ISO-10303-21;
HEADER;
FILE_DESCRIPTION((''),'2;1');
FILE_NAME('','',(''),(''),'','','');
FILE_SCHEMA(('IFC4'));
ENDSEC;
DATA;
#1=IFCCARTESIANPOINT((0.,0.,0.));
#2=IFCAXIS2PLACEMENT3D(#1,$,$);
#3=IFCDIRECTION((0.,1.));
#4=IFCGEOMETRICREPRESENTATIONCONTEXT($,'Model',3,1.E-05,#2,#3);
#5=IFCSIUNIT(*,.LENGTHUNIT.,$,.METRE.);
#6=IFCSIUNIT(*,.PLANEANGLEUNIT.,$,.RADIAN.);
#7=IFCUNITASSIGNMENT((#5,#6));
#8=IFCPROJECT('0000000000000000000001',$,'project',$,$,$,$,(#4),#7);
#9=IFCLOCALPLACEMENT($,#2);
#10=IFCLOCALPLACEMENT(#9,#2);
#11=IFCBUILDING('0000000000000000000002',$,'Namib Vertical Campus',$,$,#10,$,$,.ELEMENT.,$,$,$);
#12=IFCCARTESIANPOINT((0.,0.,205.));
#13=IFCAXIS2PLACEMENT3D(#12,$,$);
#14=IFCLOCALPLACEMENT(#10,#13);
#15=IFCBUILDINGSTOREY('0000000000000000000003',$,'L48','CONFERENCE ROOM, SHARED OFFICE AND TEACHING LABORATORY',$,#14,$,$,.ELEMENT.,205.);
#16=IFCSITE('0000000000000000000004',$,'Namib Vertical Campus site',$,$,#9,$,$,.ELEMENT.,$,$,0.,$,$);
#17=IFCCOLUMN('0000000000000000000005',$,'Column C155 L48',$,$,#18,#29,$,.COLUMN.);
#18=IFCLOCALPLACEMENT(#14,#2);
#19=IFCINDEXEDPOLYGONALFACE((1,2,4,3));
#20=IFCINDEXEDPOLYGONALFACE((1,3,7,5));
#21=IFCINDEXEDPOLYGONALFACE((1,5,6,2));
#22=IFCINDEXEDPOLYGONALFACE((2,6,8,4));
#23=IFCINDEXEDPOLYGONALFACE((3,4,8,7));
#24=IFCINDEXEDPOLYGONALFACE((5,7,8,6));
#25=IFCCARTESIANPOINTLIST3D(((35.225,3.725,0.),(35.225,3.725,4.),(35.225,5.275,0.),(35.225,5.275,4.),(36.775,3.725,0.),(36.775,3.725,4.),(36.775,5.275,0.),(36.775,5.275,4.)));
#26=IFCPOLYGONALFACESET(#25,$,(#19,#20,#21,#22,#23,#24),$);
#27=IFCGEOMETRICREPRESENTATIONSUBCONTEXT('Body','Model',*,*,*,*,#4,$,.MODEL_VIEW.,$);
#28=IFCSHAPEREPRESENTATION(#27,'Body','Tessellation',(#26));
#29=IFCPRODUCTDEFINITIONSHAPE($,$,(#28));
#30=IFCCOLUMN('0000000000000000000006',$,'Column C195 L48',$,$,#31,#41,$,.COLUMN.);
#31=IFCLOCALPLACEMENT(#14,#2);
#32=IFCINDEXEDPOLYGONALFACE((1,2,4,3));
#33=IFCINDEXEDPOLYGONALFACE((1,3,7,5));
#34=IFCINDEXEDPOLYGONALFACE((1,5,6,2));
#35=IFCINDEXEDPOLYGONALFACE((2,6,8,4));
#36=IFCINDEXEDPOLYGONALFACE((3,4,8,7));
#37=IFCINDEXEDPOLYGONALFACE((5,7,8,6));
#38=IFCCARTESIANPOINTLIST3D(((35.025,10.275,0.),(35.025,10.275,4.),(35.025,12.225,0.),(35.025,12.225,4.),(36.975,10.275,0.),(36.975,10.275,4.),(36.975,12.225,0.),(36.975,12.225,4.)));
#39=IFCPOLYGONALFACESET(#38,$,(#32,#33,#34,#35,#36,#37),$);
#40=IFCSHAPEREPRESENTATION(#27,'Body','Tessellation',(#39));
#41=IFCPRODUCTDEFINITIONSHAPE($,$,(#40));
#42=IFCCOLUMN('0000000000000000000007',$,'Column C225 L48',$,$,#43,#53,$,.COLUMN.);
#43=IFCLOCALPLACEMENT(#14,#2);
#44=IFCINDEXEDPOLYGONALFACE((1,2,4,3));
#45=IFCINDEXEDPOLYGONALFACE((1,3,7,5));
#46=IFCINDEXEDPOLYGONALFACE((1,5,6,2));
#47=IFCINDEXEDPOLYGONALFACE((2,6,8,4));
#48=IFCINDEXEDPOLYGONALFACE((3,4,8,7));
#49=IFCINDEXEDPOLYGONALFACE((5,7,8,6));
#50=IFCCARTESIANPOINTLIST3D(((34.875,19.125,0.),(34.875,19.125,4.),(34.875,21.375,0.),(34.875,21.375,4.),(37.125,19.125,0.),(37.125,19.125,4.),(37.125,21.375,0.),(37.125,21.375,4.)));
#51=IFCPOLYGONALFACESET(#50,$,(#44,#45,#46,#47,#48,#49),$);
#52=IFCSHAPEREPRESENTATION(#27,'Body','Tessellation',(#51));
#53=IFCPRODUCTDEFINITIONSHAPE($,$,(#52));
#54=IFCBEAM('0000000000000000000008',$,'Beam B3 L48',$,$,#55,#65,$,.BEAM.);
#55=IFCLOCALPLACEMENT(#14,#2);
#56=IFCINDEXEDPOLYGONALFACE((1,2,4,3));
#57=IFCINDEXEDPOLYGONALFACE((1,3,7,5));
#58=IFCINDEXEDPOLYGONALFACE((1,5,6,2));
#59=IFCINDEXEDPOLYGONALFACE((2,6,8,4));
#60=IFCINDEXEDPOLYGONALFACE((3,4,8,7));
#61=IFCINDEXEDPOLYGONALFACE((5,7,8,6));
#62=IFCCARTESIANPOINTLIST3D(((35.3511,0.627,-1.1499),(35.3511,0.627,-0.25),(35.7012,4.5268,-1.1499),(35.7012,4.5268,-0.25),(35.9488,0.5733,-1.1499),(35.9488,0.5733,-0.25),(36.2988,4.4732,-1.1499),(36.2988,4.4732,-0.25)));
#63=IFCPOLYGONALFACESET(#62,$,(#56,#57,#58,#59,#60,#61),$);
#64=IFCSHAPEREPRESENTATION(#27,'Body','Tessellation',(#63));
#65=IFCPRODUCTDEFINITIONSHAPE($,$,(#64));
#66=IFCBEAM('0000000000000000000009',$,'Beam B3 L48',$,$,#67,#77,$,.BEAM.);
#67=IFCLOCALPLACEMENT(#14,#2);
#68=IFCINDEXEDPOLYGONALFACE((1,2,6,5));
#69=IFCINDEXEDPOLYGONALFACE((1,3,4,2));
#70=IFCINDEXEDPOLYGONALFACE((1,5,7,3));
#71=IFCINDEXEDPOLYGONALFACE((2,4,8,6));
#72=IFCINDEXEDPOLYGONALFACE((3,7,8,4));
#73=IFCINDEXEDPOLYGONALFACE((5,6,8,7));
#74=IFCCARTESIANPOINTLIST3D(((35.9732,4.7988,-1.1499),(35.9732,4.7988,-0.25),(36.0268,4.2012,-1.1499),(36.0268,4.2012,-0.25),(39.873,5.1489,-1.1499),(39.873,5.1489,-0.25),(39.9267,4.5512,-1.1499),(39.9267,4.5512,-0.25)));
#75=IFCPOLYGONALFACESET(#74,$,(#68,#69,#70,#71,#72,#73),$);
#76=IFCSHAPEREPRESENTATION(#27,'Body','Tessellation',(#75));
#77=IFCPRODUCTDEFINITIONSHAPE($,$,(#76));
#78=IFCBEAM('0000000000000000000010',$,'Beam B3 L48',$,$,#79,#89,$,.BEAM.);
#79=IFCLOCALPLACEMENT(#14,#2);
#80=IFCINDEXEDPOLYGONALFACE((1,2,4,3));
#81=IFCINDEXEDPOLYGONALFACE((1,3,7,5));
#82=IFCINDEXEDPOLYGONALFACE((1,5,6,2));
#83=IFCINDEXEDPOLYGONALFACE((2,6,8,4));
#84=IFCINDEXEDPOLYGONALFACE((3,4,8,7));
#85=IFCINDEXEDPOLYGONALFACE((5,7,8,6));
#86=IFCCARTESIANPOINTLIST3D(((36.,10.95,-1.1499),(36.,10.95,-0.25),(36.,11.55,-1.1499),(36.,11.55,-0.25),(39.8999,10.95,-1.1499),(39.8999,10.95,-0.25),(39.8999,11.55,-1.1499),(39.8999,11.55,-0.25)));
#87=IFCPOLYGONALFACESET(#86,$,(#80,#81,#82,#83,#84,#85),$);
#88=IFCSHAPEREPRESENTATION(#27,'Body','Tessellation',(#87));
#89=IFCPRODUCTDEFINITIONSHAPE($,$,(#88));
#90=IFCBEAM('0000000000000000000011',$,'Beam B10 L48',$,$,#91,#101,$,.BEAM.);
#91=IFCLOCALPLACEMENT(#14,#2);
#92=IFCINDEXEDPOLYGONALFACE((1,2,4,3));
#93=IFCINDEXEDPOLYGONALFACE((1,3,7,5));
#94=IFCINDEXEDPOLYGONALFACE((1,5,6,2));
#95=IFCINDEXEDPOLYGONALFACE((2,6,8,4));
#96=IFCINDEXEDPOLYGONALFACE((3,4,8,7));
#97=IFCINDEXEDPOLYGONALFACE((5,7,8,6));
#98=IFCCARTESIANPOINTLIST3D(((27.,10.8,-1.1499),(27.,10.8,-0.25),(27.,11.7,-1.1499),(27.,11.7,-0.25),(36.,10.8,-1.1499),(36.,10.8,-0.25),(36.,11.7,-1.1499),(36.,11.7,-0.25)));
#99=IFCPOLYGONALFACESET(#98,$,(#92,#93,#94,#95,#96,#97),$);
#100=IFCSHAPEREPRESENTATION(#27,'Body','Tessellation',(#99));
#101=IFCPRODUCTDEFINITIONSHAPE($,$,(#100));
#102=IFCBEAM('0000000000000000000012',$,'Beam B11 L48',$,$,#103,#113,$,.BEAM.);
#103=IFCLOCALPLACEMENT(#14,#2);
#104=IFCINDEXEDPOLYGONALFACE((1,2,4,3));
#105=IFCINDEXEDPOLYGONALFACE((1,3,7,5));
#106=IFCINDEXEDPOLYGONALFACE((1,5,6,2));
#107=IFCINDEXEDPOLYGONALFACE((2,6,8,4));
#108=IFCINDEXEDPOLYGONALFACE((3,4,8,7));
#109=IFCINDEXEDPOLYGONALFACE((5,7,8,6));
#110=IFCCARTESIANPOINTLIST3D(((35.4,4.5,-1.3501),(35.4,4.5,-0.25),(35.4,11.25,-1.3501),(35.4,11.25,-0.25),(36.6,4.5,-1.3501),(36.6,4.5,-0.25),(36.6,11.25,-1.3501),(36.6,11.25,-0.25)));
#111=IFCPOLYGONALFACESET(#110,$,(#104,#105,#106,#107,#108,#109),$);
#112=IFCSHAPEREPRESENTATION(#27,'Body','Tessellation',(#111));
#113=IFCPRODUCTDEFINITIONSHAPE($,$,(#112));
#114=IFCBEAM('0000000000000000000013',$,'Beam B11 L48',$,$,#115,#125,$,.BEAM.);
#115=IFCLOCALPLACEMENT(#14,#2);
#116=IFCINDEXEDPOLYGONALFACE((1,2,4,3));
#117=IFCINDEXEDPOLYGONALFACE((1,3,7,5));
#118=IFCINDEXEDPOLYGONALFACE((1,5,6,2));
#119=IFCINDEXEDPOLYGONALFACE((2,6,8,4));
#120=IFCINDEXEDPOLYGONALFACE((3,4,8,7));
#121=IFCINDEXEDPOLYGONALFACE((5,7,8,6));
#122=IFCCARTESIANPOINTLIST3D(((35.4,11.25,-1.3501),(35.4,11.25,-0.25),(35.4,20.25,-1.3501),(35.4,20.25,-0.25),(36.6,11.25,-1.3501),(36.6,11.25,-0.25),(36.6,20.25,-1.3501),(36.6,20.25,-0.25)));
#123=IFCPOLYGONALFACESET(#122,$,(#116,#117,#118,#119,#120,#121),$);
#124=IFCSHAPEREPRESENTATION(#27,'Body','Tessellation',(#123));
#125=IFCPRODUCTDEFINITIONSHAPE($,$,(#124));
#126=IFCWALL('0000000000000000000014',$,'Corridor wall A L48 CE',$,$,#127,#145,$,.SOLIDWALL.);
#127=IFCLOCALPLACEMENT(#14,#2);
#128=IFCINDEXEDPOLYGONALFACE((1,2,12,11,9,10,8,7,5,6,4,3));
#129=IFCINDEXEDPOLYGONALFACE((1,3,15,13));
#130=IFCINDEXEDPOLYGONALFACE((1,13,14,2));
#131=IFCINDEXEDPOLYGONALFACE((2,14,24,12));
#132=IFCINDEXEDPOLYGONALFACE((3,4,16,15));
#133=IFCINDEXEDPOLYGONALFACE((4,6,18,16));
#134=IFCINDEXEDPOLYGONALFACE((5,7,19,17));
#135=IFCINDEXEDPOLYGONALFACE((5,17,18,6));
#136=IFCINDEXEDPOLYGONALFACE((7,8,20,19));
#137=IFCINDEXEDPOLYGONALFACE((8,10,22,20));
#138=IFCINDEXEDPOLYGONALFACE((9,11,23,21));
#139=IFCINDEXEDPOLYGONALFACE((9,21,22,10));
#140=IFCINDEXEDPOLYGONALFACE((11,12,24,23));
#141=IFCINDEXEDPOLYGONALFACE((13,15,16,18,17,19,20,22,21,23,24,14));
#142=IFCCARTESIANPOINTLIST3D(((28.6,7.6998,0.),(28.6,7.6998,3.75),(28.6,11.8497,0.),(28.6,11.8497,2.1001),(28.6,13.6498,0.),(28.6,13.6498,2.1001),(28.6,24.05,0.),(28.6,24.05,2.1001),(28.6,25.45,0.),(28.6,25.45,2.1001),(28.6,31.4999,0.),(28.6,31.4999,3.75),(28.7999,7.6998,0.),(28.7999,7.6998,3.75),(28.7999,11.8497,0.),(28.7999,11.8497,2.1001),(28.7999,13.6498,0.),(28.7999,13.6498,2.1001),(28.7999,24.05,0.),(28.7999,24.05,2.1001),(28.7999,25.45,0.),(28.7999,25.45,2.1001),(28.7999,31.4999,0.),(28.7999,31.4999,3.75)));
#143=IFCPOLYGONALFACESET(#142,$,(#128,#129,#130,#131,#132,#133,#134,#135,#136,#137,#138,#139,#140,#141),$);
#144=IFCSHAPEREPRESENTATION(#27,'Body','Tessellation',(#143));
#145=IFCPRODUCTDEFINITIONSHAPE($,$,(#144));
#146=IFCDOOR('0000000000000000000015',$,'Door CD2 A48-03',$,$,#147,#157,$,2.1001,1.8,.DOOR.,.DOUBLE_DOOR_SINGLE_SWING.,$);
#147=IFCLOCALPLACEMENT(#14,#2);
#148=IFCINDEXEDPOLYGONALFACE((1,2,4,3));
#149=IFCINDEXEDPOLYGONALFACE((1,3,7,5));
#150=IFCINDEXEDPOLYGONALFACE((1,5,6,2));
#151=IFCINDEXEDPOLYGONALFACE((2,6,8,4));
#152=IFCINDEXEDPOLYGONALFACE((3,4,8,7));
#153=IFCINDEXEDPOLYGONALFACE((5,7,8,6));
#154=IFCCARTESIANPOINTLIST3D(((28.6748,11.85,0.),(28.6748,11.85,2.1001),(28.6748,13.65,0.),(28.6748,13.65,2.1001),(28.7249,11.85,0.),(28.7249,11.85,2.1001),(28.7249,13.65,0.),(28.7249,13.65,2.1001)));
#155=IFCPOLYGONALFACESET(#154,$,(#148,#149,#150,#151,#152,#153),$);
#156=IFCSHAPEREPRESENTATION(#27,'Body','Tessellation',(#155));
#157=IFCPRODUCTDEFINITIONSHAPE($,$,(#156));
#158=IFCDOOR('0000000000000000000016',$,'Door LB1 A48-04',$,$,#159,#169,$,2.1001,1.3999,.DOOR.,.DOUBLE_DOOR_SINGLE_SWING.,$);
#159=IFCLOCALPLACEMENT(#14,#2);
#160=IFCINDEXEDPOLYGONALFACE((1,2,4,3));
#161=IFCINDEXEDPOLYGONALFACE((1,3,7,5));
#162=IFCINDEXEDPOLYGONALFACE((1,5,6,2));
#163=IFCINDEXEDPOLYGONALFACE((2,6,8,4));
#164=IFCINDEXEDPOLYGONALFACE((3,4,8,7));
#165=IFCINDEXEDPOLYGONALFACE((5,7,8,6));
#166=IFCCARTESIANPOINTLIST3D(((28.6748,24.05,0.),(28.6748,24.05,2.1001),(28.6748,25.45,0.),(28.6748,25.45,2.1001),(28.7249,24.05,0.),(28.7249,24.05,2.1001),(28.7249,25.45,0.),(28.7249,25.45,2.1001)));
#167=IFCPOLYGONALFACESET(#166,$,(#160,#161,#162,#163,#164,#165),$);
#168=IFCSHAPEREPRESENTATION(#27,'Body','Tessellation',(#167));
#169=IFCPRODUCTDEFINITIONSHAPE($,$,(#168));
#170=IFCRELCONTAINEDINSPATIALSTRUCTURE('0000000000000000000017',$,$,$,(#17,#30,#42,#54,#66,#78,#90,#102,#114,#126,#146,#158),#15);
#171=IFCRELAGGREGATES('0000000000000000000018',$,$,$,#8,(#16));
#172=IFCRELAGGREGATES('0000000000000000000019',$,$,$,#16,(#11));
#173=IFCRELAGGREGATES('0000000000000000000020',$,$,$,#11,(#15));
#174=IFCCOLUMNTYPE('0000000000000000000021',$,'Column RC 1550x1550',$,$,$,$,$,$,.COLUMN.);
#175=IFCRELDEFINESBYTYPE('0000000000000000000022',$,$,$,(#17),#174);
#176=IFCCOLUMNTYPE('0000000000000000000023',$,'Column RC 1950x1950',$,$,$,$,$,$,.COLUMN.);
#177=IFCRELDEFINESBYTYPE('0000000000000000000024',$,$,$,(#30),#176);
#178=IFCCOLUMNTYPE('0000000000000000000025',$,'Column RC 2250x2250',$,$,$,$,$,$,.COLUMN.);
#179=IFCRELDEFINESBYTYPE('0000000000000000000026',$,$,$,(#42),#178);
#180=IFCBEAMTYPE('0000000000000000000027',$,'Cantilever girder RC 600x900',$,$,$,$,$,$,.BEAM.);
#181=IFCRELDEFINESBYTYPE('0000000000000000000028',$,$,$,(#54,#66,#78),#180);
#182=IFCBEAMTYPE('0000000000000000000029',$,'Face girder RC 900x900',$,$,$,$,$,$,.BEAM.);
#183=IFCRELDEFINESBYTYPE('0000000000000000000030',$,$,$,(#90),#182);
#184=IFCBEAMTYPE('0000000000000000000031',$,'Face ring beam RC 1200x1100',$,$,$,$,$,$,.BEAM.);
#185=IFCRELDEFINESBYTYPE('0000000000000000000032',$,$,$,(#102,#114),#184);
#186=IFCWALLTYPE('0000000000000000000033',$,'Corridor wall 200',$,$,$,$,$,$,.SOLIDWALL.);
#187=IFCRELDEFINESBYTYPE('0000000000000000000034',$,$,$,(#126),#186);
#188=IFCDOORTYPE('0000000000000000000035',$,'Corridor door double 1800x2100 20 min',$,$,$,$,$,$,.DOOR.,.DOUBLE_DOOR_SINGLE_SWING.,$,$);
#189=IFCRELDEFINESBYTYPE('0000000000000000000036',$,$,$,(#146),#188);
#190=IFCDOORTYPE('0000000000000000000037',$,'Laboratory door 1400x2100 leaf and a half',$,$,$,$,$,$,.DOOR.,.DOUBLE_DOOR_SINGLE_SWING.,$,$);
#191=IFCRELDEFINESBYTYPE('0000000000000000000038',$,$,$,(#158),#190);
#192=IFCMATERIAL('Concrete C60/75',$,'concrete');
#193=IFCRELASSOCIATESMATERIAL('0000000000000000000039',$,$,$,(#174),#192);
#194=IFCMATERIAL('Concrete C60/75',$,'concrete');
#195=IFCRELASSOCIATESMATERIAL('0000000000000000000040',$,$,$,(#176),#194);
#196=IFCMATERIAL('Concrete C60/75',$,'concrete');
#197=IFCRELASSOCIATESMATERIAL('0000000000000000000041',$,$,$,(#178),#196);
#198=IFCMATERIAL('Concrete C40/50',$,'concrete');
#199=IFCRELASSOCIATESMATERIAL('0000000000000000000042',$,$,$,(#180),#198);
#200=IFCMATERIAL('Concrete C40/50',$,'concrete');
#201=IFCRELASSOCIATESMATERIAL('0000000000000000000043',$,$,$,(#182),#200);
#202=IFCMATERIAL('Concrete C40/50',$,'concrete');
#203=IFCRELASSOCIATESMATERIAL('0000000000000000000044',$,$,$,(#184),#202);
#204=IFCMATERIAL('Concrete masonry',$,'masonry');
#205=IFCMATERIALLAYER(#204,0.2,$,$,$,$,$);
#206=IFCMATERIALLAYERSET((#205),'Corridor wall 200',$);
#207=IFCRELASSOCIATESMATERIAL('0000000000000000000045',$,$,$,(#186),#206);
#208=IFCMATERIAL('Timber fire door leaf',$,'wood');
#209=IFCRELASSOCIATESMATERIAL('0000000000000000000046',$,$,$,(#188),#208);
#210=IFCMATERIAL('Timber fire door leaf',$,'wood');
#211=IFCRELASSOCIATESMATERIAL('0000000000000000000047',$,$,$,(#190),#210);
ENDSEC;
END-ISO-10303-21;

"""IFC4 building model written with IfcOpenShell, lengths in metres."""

from ifc_helpers import new_model, si_unit, direction, frame, frame_2d, origin, origin_2d, place, context, subcontext, project, spatial, rectangle, extrude, material, layer, layer_set, material_profile, profile_set, type_object, element, fill, save


model = new_model("IFC4")

# Units and contexts
model_context = context("Model", 3, precision=1e-05, world=origin(), true_north=direction((0.0, 1.0)))
body_context = subcontext(model_context, "Body", "Model", "MODEL_VIEW")
ifc_project = project(units=[si_unit("LENGTHUNIT", "METRE"), si_unit("PLANEANGLEUNIT", "RADIAN")], contexts=[model_context])

# Site, building, storey
site_placement = place(None, origin())
site = spatial("IfcSite", under=ifc_project, at=site_placement, Name="Namib Vertical Campus site", CompositionType="ELEMENT", RefElevation=0.0)
building_placement = place(site_placement, origin())
building = spatial("IfcBuilding", under=site, at=building_placement, Name="Namib Vertical Campus", CompositionType="ELEMENT")
storey_placement = place(building_placement, frame((0.0, 0.0, 205.0)))
storey = spatial("IfcBuildingStorey", under=building, at=storey_placement, Name="L48", Description="CONFERENCE ROOM, SHARED OFFICE AND TEACHING LABORATORY", CompositionType="ELEMENT", Elevation=205.0)

# Columns
ifc_material_1 = material(Name="Concrete C60/75", Category="concrete")
ifc_material_profile_1 = material_profile(ifc_material_1, rectangle(XDim=1.55, YDim=1.55, at=origin_2d()))
ifc_profile_set_1 = profile_set([ifc_material_profile_1], Name="Concrete C60/75")
column_type_1 = type_object("IfcColumnType", Name="Column RC 1550x1550", PredefinedType="COLUMN", material=ifc_profile_set_1)
column_1_placement = place(storey_placement, frame((36.0, 4.5, 0.0), z_axis=(0.0, 0.0, 1.0), x_axis=(1.0, 0.0, 0.0)))
element("IfcColumn", 1, at=column_1_placement, inside=storey, type_object=column_type_1, Name="Column C155 L48", PredefinedType="COLUMN", context=body_context, shape_type="SweptSolid", body=[
    extrude(rectangle(XDim=1.55, YDim=1.55, at=origin_2d()), origin(), (0.0, 0.0, 1.0), 4.0),
])
ifc_material_2 = material(Name="Concrete C60/75", Category="concrete")
ifc_material_profile_2 = material_profile(ifc_material_2, rectangle(XDim=1.95, YDim=1.95, at=origin_2d()))
ifc_profile_set_2 = profile_set([ifc_material_profile_2], Name="Concrete C60/75")
column_type_2 = type_object("IfcColumnType", Name="Column RC 1950x1950", PredefinedType="COLUMN", material=ifc_profile_set_2)
column_2_placement = place(storey_placement, frame((36.0, 11.25, 0.0), z_axis=(0.0, 0.0, 1.0), x_axis=(1.0, 0.0, 0.0)))
element("IfcColumn", 2, at=column_2_placement, inside=storey, type_object=column_type_2, Name="Column C195 L48", PredefinedType="COLUMN", context=body_context, shape_type="SweptSolid", body=[
    extrude(rectangle(XDim=1.95, YDim=1.95, at=origin_2d()), origin(), (0.0, 0.0, 1.0), 4.0),
])
ifc_material_3 = material(Name="Concrete C60/75", Category="concrete")
ifc_material_profile_3 = material_profile(ifc_material_3, rectangle(XDim=2.25, YDim=2.25, at=origin_2d()))
ifc_profile_set_3 = profile_set([ifc_material_profile_3], Name="Concrete C60/75")
column_type_3 = type_object("IfcColumnType", Name="Column RC 2250x2250", PredefinedType="COLUMN", material=ifc_profile_set_3)
column_3_placement = place(storey_placement, frame((36.0, 20.25, 0.0), z_axis=(0.0, 0.0, 1.0), x_axis=(1.0, 0.0, 0.0)))
element("IfcColumn", 3, at=column_3_placement, inside=storey, type_object=column_type_3, Name="Column C225 L48", PredefinedType="COLUMN", context=body_context, shape_type="SweptSolid", body=[
    extrude(rectangle(XDim=2.25, YDim=2.25, at=origin_2d()), origin(), (0.0, 0.0, 1.0), 4.0),
])

# Beams
ifc_material_4 = material(Name="Concrete C40/50", Category="concrete")
ifc_material_profile_4 = material_profile(ifc_material_4, rectangle(XDim=0.6001, YDim=0.8999, at=origin_2d()))
ifc_profile_set_4 = profile_set([ifc_material_profile_4], Name="Concrete C40/50")
beam_type_1 = type_object("IfcBeamType", Name="Cantilever girder RC 600x900", PredefinedType="BEAM", material=ifc_profile_set_4)
for number, where, z_axis, x_axis, name in (
    (4, (36.0, 4.5, -0.7), (-0.089411, -0.995995, 0.0), (0.995995, -0.089411, 0.0), "Beam B3 L48"),
    (5, (36.0, 4.5, -0.7), (0.995995, 0.089411, 0.0), (-0.089411, 0.995995, 0.0), "Beam B3 L48"),
):
    element("IfcBeam", number, at=place(storey_placement, frame(where, z_axis=z_axis, x_axis=x_axis)), inside=storey, type_object=beam_type_1, Name=name, PredefinedType="BEAM", context=body_context, shape_type="SweptSolid", body=[
        extrude(rectangle(XDim=0.6001, YDim=0.8999, at=origin_2d()), origin(), (0.0, 0.0, 1.0), 3.9155),
    ])
beam_1_placement = place(storey_placement, frame((36.0, 11.25, -0.7), z_axis=(1.0, 0.0, 0.0), x_axis=(0.0, 1.0, 0.0)))
element("IfcBeam", 6, at=beam_1_placement, inside=storey, type_object=beam_type_1, Name="Beam B3 L48", PredefinedType="BEAM", context=body_context, shape_type="SweptSolid", body=[
    extrude(rectangle(XDim=0.6001, YDim=0.8999, at=origin_2d()), origin(), (0.0, 0.0, 1.0), 3.8999),
])
ifc_material_5 = material(Name="Concrete C40/50", Category="concrete")
ifc_material_profile_5 = material_profile(ifc_material_5, rectangle(XDim=0.8999, YDim=0.8999, at=origin_2d()))
ifc_profile_set_5 = profile_set([ifc_material_profile_5], Name="Concrete C40/50")
beam_type_2 = type_object("IfcBeamType", Name="Face girder RC 900x900", PredefinedType="BEAM", material=ifc_profile_set_5)
beam_2_placement = place(storey_placement, frame((36.0, 11.25, -0.7), z_axis=(-1.0, 0.0, 0.0), x_axis=(0.0, -1.0, 0.0)))
element("IfcBeam", 7, at=beam_2_placement, inside=storey, type_object=beam_type_2, Name="Beam B10 L48", PredefinedType="BEAM", context=body_context, shape_type="SweptSolid", body=[
    extrude(rectangle(XDim=0.8999, YDim=0.8999, at=origin_2d()), origin(), (0.0, 0.0, 1.0), 9.0),
])
ifc_material_6 = material(Name="Concrete C40/50", Category="concrete")
ifc_material_profile_6 = material_profile(ifc_material_6, rectangle(XDim=1.2, YDim=1.1001, at=origin_2d()))
ifc_profile_set_6 = profile_set([ifc_material_profile_6], Name="Concrete C40/50")
beam_type_3 = type_object("IfcBeamType", Name="Face ring beam RC 1200x1100", PredefinedType="BEAM", material=ifc_profile_set_6)
beam_3_placement = place(storey_placement, frame((36.0, 4.5, -0.8), z_axis=(0.0, 1.0, 0.0), x_axis=(-1.0, 0.0, 0.0)))
element("IfcBeam", 8, at=beam_3_placement, inside=storey, type_object=beam_type_3, Name="Beam B11 L48", PredefinedType="BEAM", context=body_context, shape_type="SweptSolid", body=[
    extrude(rectangle(XDim=1.2, YDim=1.1001, at=origin_2d()), origin(), (0.0, 0.0, 1.0), 6.75),
])
beam_4_placement = place(storey_placement, frame((36.0, 11.25, -0.8), z_axis=(0.0, 1.0, 0.0), x_axis=(-1.0, 0.0, 0.0)))
element("IfcBeam", 9, at=beam_4_placement, inside=storey, type_object=beam_type_3, Name="Beam B11 L48", PredefinedType="BEAM", context=body_context, shape_type="SweptSolid", body=[
    extrude(rectangle(XDim=1.2, YDim=1.1001, at=origin_2d()), origin(), (0.0, 0.0, 1.0), 9.0),
])

# Wall, openings, doors
ifc_material_7 = material(Name="Concrete masonry", Category="masonry")
ifc_layer_1 = layer(ifc_material_7, 0.2)
ifc_layer_set_1 = layer_set([ifc_layer_1], Name="Corridor wall 200")
wall_type_1 = type_object("IfcWallType", Name="Corridor wall 200", PredefinedType="SOLIDWALL", material=ifc_layer_set_1)
wall_1_placement = place(storey_placement, frame((28.7, 7.7, 0.0), z_axis=(0.0, 0.0, 1.0), x_axis=(0.0, 1.0, 0.0)))
wall_1 = element("IfcWall", 10, at=wall_1_placement, inside=storey, type_object=wall_type_1, Name="Corridor wall A L48 CE", PredefinedType="SOLIDWALL", context=body_context, shape_type="SweptSolid", body=[
    extrude(rectangle(XDim=23.8, YDim=0.2, at=frame_2d((11.8999, 0.0))), origin(), (0.0, 0.0, 1.0), 3.75),
])
opening_1_placement = place(wall_1_placement, frame((4.1499, 0.0, 0.0)))
opening_1 = element("IfcOpeningElement", 11, at=opening_1_placement, cuts=wall_1, PredefinedType="OPENING", context=body_context, shape_type="SweptSolid", body=[
    extrude(rectangle(XDim=1.8, YDim=2.1001, at=frame_2d((0.8999, 1.05))), frame((0.0, 0.1099, 0.0), z_axis=(0.0, -1.0, 0.0), x_axis=(1.0, 0.0, 0.0)), (0.0, 0.0, 1.0), 0.22),
])
opening_2_placement = place(wall_1_placement, frame((16.3501, 0.0, 0.0)))
opening_2 = element("IfcOpeningElement", 12, at=opening_2_placement, cuts=wall_1, PredefinedType="OPENING", context=body_context, shape_type="SweptSolid", body=[
    extrude(rectangle(XDim=1.3999, YDim=2.1001, at=frame_2d((0.7, 1.05))), frame((0.0, 0.1099, 0.0), z_axis=(0.0, -1.0, 0.0), x_axis=(1.0, 0.0, 0.0)), (0.0, 0.0, 1.0), 0.22),
])
ifc_material_8 = material(Name="Timber fire door leaf", Category="wood")
door_type_1 = type_object("IfcDoorType", Name="Corridor door double 1800x2100 20 min", OperationType="DOUBLE_DOOR_SINGLE_SWING", PredefinedType="DOOR", material=ifc_material_8)
door_1_placement = place(opening_1_placement, frame((1.8, 0.0, 0.0), z_axis=(0.0, 0.0, 1.0), x_axis=(-1.0, 0.0, 0.0)))
door_1 = element("IfcDoor", 13, at=door_1_placement, inside=storey, type_object=door_type_1, Name="Door CD2 A48-03", OperationType="DOUBLE_DOOR_SINGLE_SWING", OverallHeight=2.1001, OverallWidth=1.8, PredefinedType="DOOR", context=body_context, shape_type="SweptSolid", body=[
    extrude(rectangle(XDim=1.8, YDim=2.1001, at=frame_2d((0.8999, 1.05))), frame((0.0, 0.0249, 0.0), z_axis=(0.0, -1.0, 0.0), x_axis=(1.0, 0.0, 0.0)), (0.0, 0.0, 1.0), 0.05),
])
fill(opening_1, door_1)
ifc_material_9 = material(Name="Timber fire door leaf", Category="wood")
door_type_2 = type_object("IfcDoorType", Name="Laboratory door 1400x2100 leaf and a half", OperationType="DOUBLE_DOOR_SINGLE_SWING", PredefinedType="DOOR", material=ifc_material_9)
door_2_placement = place(opening_2_placement, frame((1.3999, 0.0, 0.0), z_axis=(0.0, 0.0, 1.0), x_axis=(-1.0, 0.0, 0.0)))
door_2 = element("IfcDoor", 14, at=door_2_placement, inside=storey, type_object=door_type_2, Name="Door LB1 A48-04", OperationType="DOUBLE_DOOR_SINGLE_SWING", OverallHeight=2.1001, OverallWidth=1.3999, PredefinedType="DOOR", context=body_context, shape_type="SweptSolid", body=[
    extrude(rectangle(XDim=1.3999, YDim=2.1001, at=frame_2d((0.7, 1.05))), frame((0.0, 0.0249, 0.0), z_axis=(0.0, -1.0, 0.0), x_axis=(1.0, 0.0, 0.0)), (0.0, 0.0, 1.0), 0.05),
])
fill(opening_2, door_2)

save(model, "model.ifc")
